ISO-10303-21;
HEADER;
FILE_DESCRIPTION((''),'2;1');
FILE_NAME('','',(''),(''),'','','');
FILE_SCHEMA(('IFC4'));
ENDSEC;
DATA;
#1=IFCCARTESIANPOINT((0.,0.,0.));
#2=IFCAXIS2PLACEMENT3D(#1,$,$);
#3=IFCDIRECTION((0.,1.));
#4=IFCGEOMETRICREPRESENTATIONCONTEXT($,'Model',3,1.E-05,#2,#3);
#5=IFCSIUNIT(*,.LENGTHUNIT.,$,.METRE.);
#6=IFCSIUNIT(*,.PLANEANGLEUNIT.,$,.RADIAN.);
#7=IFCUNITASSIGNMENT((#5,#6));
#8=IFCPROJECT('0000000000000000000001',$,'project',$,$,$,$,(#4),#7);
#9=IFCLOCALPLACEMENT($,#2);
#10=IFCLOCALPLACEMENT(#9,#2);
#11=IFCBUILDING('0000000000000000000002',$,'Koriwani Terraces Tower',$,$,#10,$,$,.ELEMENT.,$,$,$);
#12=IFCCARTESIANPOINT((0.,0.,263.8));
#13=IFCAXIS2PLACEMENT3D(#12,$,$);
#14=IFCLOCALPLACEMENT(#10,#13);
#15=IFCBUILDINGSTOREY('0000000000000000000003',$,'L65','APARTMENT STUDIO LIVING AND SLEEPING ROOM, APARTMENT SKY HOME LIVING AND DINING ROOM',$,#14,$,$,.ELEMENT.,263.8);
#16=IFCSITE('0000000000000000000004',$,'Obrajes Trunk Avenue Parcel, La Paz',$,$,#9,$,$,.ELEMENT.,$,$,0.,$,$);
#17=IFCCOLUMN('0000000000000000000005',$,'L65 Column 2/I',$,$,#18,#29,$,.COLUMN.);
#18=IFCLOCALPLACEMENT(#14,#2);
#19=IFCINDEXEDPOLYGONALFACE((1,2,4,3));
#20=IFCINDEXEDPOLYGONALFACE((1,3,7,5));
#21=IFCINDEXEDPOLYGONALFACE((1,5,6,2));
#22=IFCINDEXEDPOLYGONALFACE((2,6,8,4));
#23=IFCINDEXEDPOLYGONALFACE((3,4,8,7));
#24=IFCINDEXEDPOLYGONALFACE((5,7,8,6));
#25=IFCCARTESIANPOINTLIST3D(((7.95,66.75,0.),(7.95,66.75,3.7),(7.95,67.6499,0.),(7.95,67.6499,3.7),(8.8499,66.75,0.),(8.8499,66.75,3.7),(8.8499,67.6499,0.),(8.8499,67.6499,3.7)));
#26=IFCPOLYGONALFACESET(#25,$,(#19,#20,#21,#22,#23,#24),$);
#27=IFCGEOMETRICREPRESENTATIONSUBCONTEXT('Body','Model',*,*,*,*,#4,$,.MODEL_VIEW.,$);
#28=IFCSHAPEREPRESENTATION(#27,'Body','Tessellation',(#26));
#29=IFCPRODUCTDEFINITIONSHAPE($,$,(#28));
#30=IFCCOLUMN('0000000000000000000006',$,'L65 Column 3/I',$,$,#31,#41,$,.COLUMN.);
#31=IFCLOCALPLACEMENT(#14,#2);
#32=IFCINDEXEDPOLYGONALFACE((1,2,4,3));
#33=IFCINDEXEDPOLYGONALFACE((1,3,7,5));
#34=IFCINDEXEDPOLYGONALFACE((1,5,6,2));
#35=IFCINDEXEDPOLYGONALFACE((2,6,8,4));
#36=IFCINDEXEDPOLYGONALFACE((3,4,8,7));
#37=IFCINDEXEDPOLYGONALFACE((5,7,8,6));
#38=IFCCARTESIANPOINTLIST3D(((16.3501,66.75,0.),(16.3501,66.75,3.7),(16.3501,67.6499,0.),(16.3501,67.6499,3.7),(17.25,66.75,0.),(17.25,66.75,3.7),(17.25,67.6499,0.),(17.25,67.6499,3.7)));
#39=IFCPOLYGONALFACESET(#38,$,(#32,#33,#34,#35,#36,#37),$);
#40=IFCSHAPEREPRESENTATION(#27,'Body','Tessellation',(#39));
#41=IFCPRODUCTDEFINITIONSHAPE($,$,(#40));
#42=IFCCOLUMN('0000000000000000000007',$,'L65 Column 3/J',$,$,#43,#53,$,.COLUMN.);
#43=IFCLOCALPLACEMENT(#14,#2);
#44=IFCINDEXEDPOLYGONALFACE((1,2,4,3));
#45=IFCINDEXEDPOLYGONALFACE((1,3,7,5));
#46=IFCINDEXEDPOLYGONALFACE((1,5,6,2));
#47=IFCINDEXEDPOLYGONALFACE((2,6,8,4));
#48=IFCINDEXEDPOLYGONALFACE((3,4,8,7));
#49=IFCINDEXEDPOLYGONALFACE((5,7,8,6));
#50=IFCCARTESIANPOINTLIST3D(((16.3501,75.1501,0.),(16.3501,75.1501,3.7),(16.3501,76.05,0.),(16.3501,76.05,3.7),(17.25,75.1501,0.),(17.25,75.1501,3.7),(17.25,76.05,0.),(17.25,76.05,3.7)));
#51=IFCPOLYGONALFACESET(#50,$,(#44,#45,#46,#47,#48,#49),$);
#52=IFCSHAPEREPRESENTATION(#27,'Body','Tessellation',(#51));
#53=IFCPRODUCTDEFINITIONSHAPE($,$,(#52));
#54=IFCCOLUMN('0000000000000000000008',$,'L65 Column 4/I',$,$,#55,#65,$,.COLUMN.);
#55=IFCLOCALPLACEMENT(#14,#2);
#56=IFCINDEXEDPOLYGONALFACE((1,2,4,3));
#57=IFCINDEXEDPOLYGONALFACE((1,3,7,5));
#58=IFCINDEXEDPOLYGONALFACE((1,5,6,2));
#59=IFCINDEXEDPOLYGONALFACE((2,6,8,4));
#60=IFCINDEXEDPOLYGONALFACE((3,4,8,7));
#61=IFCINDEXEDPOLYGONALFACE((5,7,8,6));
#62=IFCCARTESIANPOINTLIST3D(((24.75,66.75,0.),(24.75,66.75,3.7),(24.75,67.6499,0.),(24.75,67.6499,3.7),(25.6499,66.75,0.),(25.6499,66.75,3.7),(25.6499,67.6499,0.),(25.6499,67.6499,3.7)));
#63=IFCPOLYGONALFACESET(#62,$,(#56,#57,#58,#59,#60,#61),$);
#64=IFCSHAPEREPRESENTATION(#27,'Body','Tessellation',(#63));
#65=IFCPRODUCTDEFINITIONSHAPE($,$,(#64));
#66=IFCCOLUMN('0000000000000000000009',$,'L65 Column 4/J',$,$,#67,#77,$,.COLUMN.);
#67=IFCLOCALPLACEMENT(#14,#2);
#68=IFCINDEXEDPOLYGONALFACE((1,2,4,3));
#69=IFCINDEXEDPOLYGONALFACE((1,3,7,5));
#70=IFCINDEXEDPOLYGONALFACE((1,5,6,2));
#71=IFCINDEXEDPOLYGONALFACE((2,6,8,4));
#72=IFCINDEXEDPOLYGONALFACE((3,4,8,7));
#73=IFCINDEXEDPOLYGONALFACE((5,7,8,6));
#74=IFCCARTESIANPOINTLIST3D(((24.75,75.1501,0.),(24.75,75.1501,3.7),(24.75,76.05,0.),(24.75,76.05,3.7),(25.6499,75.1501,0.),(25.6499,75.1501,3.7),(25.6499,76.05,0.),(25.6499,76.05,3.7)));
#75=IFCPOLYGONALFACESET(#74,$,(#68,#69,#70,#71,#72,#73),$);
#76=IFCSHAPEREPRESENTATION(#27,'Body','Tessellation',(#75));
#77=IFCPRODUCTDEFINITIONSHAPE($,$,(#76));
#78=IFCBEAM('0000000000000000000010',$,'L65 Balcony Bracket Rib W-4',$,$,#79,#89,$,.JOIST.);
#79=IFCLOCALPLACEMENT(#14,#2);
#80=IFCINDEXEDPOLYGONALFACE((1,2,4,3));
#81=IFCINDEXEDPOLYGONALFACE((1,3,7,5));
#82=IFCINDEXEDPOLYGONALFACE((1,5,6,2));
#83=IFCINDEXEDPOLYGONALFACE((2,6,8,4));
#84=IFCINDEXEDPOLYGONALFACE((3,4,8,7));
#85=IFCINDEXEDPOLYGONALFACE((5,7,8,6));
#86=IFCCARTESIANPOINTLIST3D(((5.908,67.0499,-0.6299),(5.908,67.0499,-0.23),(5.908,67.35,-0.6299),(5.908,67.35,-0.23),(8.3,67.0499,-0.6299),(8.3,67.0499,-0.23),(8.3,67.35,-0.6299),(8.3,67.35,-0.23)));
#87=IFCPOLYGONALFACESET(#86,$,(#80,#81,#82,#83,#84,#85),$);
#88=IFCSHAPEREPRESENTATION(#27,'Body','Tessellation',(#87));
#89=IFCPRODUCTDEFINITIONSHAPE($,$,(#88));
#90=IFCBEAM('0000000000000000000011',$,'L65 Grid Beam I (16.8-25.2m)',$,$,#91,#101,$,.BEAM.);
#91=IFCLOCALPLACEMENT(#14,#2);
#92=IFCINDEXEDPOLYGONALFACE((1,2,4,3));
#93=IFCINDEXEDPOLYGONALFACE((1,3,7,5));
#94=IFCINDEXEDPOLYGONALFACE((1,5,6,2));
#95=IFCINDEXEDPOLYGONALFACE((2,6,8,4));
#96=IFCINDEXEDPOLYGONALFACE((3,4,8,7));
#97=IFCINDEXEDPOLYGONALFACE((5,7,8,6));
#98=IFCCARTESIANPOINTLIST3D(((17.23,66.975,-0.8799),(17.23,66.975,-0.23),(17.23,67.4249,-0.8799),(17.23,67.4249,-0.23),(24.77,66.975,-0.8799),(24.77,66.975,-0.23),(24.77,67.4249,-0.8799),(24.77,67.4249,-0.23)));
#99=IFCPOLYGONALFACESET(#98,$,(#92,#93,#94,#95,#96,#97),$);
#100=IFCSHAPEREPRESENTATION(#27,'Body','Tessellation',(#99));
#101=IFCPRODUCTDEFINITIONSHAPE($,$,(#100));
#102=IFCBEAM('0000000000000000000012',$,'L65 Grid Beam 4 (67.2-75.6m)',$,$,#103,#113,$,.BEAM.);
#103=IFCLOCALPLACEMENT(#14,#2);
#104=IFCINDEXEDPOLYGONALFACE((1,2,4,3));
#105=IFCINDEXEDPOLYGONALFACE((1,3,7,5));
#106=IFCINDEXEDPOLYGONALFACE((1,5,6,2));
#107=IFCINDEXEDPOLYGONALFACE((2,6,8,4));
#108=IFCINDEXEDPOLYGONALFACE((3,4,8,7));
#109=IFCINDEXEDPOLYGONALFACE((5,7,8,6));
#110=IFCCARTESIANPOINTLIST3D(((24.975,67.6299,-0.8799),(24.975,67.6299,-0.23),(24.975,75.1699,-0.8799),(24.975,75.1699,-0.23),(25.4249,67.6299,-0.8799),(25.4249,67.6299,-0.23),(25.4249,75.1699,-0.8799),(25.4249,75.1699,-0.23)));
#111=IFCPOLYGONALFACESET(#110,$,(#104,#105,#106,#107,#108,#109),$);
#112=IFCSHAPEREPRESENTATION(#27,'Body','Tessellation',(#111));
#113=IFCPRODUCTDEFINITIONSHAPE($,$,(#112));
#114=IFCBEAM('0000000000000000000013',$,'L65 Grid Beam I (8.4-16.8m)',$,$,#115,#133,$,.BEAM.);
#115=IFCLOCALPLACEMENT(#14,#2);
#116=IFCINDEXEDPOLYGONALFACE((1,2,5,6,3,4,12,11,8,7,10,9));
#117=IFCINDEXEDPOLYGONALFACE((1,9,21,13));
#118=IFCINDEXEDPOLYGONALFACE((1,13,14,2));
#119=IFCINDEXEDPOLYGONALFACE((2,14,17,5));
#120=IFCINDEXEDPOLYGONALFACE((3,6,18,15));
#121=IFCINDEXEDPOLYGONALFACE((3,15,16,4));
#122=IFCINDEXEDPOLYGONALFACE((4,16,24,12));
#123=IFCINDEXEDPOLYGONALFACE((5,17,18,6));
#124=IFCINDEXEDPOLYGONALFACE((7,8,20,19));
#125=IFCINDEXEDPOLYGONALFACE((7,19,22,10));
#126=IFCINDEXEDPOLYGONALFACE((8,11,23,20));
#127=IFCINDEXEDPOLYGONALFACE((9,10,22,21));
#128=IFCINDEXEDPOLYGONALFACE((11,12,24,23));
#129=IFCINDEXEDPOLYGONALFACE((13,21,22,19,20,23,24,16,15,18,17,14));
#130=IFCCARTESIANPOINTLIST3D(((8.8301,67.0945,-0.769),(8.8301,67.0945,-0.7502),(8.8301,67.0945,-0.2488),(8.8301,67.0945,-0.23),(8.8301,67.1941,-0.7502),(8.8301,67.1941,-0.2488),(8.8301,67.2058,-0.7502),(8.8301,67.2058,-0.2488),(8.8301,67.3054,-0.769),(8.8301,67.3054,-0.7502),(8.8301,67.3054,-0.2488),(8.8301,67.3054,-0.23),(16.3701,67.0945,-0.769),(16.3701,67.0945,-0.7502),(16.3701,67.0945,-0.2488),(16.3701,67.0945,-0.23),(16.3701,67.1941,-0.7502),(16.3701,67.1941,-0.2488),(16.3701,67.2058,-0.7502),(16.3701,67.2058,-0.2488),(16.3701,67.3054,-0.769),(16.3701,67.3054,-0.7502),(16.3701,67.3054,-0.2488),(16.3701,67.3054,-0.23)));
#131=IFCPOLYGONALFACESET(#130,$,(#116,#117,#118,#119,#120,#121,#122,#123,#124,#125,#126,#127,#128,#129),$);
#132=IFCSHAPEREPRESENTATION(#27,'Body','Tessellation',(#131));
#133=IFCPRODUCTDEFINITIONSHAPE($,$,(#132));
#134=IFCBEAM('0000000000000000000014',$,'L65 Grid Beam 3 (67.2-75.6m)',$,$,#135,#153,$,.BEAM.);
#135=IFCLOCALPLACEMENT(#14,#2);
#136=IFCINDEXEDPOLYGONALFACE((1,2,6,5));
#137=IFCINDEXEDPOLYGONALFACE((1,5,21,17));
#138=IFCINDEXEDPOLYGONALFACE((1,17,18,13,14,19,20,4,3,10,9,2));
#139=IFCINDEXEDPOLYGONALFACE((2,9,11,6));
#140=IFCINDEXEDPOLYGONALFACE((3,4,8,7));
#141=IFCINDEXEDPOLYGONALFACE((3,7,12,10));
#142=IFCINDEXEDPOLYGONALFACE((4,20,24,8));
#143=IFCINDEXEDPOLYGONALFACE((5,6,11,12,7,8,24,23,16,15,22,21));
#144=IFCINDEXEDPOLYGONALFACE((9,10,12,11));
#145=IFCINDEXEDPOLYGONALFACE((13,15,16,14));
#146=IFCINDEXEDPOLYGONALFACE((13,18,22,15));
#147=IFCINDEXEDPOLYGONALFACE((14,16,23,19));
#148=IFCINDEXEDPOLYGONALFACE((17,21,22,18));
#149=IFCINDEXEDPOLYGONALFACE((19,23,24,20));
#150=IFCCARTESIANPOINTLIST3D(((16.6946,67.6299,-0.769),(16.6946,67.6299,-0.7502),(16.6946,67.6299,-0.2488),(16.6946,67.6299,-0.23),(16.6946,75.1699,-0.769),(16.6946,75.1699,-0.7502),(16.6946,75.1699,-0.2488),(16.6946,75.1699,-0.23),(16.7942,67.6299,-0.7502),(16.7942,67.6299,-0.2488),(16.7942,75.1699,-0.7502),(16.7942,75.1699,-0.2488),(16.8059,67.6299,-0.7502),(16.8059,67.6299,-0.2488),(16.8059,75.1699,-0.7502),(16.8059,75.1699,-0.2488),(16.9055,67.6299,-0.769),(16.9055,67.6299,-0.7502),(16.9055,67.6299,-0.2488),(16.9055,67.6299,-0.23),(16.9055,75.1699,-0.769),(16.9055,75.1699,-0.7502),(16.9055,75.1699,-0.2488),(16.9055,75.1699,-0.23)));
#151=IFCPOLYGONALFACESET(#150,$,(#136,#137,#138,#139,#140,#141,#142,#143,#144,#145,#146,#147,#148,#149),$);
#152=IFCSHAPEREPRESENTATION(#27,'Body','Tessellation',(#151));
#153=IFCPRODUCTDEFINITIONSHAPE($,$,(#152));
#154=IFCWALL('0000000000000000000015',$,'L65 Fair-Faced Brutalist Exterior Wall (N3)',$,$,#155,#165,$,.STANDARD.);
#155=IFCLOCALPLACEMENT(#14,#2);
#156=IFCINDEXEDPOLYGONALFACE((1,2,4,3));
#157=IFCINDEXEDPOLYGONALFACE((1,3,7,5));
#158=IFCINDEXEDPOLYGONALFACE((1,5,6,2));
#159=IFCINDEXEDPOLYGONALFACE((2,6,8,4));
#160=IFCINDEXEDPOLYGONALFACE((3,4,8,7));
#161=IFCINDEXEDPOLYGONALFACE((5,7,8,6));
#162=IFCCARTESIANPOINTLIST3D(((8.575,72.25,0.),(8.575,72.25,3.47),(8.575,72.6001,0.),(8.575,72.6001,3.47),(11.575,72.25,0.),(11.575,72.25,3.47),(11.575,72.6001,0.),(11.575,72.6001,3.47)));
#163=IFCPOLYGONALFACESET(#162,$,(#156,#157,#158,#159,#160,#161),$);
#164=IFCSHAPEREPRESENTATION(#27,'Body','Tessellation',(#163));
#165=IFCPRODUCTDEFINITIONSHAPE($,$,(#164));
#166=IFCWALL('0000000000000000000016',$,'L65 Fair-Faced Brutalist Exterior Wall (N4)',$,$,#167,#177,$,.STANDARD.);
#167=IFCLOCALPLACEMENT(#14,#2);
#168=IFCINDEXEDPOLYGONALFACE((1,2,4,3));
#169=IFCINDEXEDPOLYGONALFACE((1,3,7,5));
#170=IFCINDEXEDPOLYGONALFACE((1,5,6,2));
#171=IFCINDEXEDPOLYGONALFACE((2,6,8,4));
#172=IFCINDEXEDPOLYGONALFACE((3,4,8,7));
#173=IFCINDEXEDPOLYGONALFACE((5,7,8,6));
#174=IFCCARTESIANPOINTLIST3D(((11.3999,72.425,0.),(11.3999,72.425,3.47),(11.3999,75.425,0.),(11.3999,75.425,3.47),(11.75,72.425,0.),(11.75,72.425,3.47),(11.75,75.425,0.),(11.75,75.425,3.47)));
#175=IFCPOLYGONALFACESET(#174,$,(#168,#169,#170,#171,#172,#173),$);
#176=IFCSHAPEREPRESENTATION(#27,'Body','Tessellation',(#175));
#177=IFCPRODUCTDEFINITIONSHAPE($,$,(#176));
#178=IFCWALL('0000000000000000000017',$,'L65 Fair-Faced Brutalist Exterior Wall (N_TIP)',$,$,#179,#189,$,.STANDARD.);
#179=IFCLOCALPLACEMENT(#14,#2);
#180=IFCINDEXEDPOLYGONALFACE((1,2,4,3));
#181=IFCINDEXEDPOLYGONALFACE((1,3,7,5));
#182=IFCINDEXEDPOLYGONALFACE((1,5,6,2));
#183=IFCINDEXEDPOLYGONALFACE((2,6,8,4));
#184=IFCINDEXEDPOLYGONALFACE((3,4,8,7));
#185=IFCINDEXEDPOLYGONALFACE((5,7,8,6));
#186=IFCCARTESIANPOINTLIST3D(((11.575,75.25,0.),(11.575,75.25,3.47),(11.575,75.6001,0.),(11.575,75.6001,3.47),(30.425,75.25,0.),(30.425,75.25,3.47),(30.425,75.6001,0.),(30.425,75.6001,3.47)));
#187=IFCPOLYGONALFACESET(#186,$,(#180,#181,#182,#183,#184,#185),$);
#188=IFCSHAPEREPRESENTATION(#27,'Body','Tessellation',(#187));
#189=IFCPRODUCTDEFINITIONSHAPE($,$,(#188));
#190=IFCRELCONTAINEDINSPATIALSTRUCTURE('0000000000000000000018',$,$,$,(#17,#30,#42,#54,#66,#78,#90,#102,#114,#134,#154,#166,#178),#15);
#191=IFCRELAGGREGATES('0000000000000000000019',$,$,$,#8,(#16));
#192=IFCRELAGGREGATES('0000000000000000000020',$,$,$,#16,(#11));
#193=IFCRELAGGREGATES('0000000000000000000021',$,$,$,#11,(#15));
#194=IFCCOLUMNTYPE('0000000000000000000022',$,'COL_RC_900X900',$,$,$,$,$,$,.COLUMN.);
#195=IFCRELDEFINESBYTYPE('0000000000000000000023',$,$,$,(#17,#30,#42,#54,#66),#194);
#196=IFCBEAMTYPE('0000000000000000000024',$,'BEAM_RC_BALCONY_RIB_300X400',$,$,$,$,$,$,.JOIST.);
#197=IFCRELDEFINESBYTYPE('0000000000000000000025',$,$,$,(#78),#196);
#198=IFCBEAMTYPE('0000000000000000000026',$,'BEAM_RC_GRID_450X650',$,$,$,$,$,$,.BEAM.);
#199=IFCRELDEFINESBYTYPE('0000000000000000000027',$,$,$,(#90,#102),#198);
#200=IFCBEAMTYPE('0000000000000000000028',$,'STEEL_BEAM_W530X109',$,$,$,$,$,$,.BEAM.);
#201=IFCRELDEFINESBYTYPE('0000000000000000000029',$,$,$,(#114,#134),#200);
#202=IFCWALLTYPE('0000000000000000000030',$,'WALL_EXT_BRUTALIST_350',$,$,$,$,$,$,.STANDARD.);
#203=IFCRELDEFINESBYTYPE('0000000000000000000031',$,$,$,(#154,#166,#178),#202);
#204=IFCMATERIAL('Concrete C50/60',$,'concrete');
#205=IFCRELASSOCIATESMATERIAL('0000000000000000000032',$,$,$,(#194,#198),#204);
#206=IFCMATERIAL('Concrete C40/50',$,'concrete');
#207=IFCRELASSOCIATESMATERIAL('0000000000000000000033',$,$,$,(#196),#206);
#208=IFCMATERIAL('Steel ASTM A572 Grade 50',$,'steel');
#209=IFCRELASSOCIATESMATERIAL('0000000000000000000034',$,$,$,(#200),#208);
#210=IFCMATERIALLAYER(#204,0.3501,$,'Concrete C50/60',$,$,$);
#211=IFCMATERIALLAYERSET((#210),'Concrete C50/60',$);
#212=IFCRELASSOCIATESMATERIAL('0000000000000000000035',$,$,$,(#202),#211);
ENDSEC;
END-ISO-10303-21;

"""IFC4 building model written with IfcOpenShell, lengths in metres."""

from ifc_helpers import new_model, si_unit, direction, frame, frame_2d, origin, origin_2d, place, context, subcontext, project, spatial, rectangle, i_section, extrude, material, layer, layer_set, material_profile, profile_set, type_object, element, save


model = new_model("IFC4")

# Units and contexts
model_context = context("Model", 3, precision=1e-05, world=origin(), true_north=direction((0.0, 1.0)))
body_context = subcontext(model_context, "Body", "Model", "MODEL_VIEW")
ifc_project = project(units=[si_unit("LENGTHUNIT", "METRE"), si_unit("PLANEANGLEUNIT", "RADIAN")], contexts=[model_context])

# Site, building, storey
site_placement = place(None, origin())
site = spatial("IfcSite", under=ifc_project, at=site_placement, Name="Obrajes Trunk Avenue Parcel, La Paz", CompositionType="ELEMENT", RefElevation=0.0)
building_placement = place(site_placement, origin())
building = spatial("IfcBuilding", under=site, at=building_placement, Name="Koriwani Terraces Tower", CompositionType="ELEMENT")
storey_placement = place(building_placement, frame((0.0, 0.0, 263.8)))
storey = spatial("IfcBuildingStorey", under=building, at=storey_placement, Name="L65", Description="APARTMENT STUDIO LIVING AND SLEEPING ROOM, APARTMENT SKY HOME LIVING AND DINING ROOM", CompositionType="ELEMENT", Elevation=263.8)

# Columns
ifc_material_1 = material(Name="Concrete C50/60", Category="concrete")
ifc_material_profile_1 = material_profile(ifc_material_1, rectangle(XDim=0.8999, YDim=0.8999, at=origin_2d()), Name="Concrete C50/60", Category="LoadBearing")
ifc_profile_set_1 = profile_set([ifc_material_profile_1], Name="Concrete C50/60")
column_type = type_object("IfcColumnType", Name="COL_RC_900X900", PredefinedType="COLUMN", material=ifc_profile_set_1)
for number, where, z_axis, x_axis, name in (
    (1, (8.3999, 67.2, 0.0), (0.0, 0.0, 1.0), (1.0, 0.0, 0.0), "L65 Column 2/I"),
    (2, (16.8, 67.2, 0.0), (0.0, 0.0, 1.0), (1.0, 0.0, 0.0), "L65 Column 3/I"),
    (3, (16.8, 75.6001, 0.0), (0.0, 0.0, 1.0), (1.0, 0.0, 0.0), "L65 Column 3/J"),
    (4, (25.2, 67.2, 0.0), (0.0, 0.0, 1.0), (1.0, 0.0, 0.0), "L65 Column 4/I"),
    (5, (25.2, 75.6001, 0.0), (0.0, 0.0, 1.0), (1.0, 0.0, 0.0), "L65 Column 4/J"),
):
    element("IfcColumn", number, at=place(storey_placement, frame(where, z_axis=z_axis, x_axis=x_axis)), inside=storey, type_object=column_type, Name=name, PredefinedType="COLUMN", context=body_context, shape_type="SweptSolid", body=[
        extrude(rectangle(XDim=0.8999, YDim=0.8999, at=origin_2d()), origin(), (0.0, 0.0, 1.0), 3.7),
    ])

# Beams
ifc_material_2 = material(Name="Concrete C40/50", Category="concrete")
ifc_material_profile_2 = material_profile(ifc_material_2, rectangle(XDim=0.3, YDim=0.3999, at=origin_2d()), Name="Concrete C40/50", Category="LoadBearing")
ifc_profile_set_2 = profile_set([ifc_material_profile_2], Name="Concrete C40/50")
beam_type_1 = type_object("IfcBeamType", Name="BEAM_RC_BALCONY_RIB_300X400", PredefinedType="JOIST", material=ifc_profile_set_2)
beam_placement = place(storey_placement, frame((5.908, 67.2, -0.4299), z_axis=(1.0, 0.0, 0.0), x_axis=(0.0, 1.0, 0.0)))
element("IfcBeam", 6, at=beam_placement, inside=storey, type_object=beam_type_1, Name="L65 Balcony Bracket Rib W-4", PredefinedType="JOIST", context=body_context, shape_type="SweptSolid", body=[
    extrude(rectangle(XDim=0.3, YDim=0.3999, at=origin_2d()), origin(), (0.0, 0.0, 1.0), 2.3921),
])
ifc_material_profile_3 = material_profile(ifc_material_1, rectangle(XDim=0.45, YDim=0.6499, at=origin_2d()), Name="Concrete C50/60", Category="LoadBearing")
ifc_profile_set_3 = profile_set([ifc_material_profile_3], Name="Concrete C50/60")
beam_type_2 = type_object("IfcBeamType", Name="BEAM_RC_GRID_450X650", PredefinedType="BEAM", material=ifc_profile_set_3)
for number, where, z_axis, x_axis, name in (
    (7, (17.23, 67.2, -0.5549), (1.0, 0.0, 0.0), (0.0, 1.0, 0.0), "L65 Grid Beam I (16.8-25.2m)"),
    (8, (25.2, 67.6299, -0.5549), (0.0, 1.0, 0.0), (-1.0, 0.0, 0.0), "L65 Grid Beam 4 (67.2-75.6m)"),
):
    element("IfcBeam", number, at=place(storey_placement, frame(where, z_axis=z_axis, x_axis=x_axis)), inside=storey, type_object=beam_type_2, Name=name, PredefinedType="BEAM", context=body_context, shape_type="SweptSolid", body=[
        extrude(rectangle(XDim=0.45, YDim=0.6499, at=origin_2d()), origin(), (0.0, 0.0, 1.0), 7.54),
    ])
ifc_material_3 = material(Name="Steel ASTM A572 Grade 50", Category="steel")
ifc_material_profile_4 = material_profile(ifc_material_3, i_section(OverallWidth=0.2109, OverallDepth=0.5391, WebThickness=0.0117, FlangeThickness=0.0188, at=origin_2d()), Name="Steel ASTM A572 Grade 50", Category="LoadBearing")
ifc_profile_set_4 = profile_set([ifc_material_profile_4], Name="Steel ASTM A572 Grade 50")
beam_type_3 = type_object("IfcBeamType", Name="STEEL_BEAM_W530X109", PredefinedType="BEAM", material=ifc_profile_set_4)
for number, where, z_axis, x_axis, name in (
    (9, (8.8301, 67.2, -0.4995), (1.0, 0.0, 0.0), (0.0, 1.0, 0.0), "L65 Grid Beam I (8.4-16.8m)"),
    (10, (16.8, 67.6299, -0.4995), (0.0, 1.0, 0.0), (-1.0, 0.0, 0.0), "L65 Grid Beam 3 (67.2-75.6m)"),
):
    element("IfcBeam", number, at=place(storey_placement, frame(where, z_axis=z_axis, x_axis=x_axis)), inside=storey, type_object=beam_type_3, Name=name, PredefinedType="BEAM", context=body_context, shape_type="SweptSolid", body=[
        extrude(i_section(OverallWidth=0.2109, OverallDepth=0.5391, WebThickness=0.0117, FlangeThickness=0.0188, at=origin_2d()), origin(), (0.0, 0.0, 1.0), 7.54),
    ])

# Walls
ifc_layer_1 = layer(ifc_material_1, 0.3501, Name="Concrete C50/60")
ifc_layer_set_1 = layer_set([ifc_layer_1], Name="Concrete C50/60")
wall_type_1 = type_object("IfcWallType", Name="WALL_EXT_BRUTALIST_350", PredefinedType="STANDARD", material=ifc_layer_set_1)
for number, where, z_axis, x_axis, name in (
    (11, (8.575, 72.425, 0.0), (0.0, 0.0, 1.0), (1.0, 0.0, 0.0), "L65 Fair-Faced Brutalist Exterior Wall (N3)"),
    (12, (11.575, 72.425, 0.0), (0.0, 0.0, 1.0), (0.0, 1.0, 0.0), "L65 Fair-Faced Brutalist Exterior Wall (N4)"),
):
    element("IfcWall", number, at=place(storey_placement, frame(where, z_axis=z_axis, x_axis=x_axis)), inside=storey, type_object=wall_type_1, Name=name, PredefinedType="STANDARD", context=body_context, shape_type="SweptSolid", body=[
        extrude(rectangle(XDim=3.0, YDim=0.3501, at=frame_2d((1.5, 0.0))), origin(), (0.0, 0.0, 1.0), 3.47),
    ])
wall_1_placement = place(storey_placement, frame((11.575, 75.425, 0.0), z_axis=(0.0, 0.0, 1.0), x_axis=(1.0, 0.0, 0.0)))
element("IfcWall", 13, at=wall_1_placement, inside=storey, type_object=wall_type_1, Name="L65 Fair-Faced Brutalist Exterior Wall (N_TIP)", PredefinedType="STANDARD", context=body_context, shape_type="SweptSolid", body=[
    extrude(rectangle(XDim=18.8501, YDim=0.3501, at=frame_2d((9.425, 0.0))), origin(), (0.0, 0.0, 1.0), 3.47),
])

save(model, "model.ifc")
